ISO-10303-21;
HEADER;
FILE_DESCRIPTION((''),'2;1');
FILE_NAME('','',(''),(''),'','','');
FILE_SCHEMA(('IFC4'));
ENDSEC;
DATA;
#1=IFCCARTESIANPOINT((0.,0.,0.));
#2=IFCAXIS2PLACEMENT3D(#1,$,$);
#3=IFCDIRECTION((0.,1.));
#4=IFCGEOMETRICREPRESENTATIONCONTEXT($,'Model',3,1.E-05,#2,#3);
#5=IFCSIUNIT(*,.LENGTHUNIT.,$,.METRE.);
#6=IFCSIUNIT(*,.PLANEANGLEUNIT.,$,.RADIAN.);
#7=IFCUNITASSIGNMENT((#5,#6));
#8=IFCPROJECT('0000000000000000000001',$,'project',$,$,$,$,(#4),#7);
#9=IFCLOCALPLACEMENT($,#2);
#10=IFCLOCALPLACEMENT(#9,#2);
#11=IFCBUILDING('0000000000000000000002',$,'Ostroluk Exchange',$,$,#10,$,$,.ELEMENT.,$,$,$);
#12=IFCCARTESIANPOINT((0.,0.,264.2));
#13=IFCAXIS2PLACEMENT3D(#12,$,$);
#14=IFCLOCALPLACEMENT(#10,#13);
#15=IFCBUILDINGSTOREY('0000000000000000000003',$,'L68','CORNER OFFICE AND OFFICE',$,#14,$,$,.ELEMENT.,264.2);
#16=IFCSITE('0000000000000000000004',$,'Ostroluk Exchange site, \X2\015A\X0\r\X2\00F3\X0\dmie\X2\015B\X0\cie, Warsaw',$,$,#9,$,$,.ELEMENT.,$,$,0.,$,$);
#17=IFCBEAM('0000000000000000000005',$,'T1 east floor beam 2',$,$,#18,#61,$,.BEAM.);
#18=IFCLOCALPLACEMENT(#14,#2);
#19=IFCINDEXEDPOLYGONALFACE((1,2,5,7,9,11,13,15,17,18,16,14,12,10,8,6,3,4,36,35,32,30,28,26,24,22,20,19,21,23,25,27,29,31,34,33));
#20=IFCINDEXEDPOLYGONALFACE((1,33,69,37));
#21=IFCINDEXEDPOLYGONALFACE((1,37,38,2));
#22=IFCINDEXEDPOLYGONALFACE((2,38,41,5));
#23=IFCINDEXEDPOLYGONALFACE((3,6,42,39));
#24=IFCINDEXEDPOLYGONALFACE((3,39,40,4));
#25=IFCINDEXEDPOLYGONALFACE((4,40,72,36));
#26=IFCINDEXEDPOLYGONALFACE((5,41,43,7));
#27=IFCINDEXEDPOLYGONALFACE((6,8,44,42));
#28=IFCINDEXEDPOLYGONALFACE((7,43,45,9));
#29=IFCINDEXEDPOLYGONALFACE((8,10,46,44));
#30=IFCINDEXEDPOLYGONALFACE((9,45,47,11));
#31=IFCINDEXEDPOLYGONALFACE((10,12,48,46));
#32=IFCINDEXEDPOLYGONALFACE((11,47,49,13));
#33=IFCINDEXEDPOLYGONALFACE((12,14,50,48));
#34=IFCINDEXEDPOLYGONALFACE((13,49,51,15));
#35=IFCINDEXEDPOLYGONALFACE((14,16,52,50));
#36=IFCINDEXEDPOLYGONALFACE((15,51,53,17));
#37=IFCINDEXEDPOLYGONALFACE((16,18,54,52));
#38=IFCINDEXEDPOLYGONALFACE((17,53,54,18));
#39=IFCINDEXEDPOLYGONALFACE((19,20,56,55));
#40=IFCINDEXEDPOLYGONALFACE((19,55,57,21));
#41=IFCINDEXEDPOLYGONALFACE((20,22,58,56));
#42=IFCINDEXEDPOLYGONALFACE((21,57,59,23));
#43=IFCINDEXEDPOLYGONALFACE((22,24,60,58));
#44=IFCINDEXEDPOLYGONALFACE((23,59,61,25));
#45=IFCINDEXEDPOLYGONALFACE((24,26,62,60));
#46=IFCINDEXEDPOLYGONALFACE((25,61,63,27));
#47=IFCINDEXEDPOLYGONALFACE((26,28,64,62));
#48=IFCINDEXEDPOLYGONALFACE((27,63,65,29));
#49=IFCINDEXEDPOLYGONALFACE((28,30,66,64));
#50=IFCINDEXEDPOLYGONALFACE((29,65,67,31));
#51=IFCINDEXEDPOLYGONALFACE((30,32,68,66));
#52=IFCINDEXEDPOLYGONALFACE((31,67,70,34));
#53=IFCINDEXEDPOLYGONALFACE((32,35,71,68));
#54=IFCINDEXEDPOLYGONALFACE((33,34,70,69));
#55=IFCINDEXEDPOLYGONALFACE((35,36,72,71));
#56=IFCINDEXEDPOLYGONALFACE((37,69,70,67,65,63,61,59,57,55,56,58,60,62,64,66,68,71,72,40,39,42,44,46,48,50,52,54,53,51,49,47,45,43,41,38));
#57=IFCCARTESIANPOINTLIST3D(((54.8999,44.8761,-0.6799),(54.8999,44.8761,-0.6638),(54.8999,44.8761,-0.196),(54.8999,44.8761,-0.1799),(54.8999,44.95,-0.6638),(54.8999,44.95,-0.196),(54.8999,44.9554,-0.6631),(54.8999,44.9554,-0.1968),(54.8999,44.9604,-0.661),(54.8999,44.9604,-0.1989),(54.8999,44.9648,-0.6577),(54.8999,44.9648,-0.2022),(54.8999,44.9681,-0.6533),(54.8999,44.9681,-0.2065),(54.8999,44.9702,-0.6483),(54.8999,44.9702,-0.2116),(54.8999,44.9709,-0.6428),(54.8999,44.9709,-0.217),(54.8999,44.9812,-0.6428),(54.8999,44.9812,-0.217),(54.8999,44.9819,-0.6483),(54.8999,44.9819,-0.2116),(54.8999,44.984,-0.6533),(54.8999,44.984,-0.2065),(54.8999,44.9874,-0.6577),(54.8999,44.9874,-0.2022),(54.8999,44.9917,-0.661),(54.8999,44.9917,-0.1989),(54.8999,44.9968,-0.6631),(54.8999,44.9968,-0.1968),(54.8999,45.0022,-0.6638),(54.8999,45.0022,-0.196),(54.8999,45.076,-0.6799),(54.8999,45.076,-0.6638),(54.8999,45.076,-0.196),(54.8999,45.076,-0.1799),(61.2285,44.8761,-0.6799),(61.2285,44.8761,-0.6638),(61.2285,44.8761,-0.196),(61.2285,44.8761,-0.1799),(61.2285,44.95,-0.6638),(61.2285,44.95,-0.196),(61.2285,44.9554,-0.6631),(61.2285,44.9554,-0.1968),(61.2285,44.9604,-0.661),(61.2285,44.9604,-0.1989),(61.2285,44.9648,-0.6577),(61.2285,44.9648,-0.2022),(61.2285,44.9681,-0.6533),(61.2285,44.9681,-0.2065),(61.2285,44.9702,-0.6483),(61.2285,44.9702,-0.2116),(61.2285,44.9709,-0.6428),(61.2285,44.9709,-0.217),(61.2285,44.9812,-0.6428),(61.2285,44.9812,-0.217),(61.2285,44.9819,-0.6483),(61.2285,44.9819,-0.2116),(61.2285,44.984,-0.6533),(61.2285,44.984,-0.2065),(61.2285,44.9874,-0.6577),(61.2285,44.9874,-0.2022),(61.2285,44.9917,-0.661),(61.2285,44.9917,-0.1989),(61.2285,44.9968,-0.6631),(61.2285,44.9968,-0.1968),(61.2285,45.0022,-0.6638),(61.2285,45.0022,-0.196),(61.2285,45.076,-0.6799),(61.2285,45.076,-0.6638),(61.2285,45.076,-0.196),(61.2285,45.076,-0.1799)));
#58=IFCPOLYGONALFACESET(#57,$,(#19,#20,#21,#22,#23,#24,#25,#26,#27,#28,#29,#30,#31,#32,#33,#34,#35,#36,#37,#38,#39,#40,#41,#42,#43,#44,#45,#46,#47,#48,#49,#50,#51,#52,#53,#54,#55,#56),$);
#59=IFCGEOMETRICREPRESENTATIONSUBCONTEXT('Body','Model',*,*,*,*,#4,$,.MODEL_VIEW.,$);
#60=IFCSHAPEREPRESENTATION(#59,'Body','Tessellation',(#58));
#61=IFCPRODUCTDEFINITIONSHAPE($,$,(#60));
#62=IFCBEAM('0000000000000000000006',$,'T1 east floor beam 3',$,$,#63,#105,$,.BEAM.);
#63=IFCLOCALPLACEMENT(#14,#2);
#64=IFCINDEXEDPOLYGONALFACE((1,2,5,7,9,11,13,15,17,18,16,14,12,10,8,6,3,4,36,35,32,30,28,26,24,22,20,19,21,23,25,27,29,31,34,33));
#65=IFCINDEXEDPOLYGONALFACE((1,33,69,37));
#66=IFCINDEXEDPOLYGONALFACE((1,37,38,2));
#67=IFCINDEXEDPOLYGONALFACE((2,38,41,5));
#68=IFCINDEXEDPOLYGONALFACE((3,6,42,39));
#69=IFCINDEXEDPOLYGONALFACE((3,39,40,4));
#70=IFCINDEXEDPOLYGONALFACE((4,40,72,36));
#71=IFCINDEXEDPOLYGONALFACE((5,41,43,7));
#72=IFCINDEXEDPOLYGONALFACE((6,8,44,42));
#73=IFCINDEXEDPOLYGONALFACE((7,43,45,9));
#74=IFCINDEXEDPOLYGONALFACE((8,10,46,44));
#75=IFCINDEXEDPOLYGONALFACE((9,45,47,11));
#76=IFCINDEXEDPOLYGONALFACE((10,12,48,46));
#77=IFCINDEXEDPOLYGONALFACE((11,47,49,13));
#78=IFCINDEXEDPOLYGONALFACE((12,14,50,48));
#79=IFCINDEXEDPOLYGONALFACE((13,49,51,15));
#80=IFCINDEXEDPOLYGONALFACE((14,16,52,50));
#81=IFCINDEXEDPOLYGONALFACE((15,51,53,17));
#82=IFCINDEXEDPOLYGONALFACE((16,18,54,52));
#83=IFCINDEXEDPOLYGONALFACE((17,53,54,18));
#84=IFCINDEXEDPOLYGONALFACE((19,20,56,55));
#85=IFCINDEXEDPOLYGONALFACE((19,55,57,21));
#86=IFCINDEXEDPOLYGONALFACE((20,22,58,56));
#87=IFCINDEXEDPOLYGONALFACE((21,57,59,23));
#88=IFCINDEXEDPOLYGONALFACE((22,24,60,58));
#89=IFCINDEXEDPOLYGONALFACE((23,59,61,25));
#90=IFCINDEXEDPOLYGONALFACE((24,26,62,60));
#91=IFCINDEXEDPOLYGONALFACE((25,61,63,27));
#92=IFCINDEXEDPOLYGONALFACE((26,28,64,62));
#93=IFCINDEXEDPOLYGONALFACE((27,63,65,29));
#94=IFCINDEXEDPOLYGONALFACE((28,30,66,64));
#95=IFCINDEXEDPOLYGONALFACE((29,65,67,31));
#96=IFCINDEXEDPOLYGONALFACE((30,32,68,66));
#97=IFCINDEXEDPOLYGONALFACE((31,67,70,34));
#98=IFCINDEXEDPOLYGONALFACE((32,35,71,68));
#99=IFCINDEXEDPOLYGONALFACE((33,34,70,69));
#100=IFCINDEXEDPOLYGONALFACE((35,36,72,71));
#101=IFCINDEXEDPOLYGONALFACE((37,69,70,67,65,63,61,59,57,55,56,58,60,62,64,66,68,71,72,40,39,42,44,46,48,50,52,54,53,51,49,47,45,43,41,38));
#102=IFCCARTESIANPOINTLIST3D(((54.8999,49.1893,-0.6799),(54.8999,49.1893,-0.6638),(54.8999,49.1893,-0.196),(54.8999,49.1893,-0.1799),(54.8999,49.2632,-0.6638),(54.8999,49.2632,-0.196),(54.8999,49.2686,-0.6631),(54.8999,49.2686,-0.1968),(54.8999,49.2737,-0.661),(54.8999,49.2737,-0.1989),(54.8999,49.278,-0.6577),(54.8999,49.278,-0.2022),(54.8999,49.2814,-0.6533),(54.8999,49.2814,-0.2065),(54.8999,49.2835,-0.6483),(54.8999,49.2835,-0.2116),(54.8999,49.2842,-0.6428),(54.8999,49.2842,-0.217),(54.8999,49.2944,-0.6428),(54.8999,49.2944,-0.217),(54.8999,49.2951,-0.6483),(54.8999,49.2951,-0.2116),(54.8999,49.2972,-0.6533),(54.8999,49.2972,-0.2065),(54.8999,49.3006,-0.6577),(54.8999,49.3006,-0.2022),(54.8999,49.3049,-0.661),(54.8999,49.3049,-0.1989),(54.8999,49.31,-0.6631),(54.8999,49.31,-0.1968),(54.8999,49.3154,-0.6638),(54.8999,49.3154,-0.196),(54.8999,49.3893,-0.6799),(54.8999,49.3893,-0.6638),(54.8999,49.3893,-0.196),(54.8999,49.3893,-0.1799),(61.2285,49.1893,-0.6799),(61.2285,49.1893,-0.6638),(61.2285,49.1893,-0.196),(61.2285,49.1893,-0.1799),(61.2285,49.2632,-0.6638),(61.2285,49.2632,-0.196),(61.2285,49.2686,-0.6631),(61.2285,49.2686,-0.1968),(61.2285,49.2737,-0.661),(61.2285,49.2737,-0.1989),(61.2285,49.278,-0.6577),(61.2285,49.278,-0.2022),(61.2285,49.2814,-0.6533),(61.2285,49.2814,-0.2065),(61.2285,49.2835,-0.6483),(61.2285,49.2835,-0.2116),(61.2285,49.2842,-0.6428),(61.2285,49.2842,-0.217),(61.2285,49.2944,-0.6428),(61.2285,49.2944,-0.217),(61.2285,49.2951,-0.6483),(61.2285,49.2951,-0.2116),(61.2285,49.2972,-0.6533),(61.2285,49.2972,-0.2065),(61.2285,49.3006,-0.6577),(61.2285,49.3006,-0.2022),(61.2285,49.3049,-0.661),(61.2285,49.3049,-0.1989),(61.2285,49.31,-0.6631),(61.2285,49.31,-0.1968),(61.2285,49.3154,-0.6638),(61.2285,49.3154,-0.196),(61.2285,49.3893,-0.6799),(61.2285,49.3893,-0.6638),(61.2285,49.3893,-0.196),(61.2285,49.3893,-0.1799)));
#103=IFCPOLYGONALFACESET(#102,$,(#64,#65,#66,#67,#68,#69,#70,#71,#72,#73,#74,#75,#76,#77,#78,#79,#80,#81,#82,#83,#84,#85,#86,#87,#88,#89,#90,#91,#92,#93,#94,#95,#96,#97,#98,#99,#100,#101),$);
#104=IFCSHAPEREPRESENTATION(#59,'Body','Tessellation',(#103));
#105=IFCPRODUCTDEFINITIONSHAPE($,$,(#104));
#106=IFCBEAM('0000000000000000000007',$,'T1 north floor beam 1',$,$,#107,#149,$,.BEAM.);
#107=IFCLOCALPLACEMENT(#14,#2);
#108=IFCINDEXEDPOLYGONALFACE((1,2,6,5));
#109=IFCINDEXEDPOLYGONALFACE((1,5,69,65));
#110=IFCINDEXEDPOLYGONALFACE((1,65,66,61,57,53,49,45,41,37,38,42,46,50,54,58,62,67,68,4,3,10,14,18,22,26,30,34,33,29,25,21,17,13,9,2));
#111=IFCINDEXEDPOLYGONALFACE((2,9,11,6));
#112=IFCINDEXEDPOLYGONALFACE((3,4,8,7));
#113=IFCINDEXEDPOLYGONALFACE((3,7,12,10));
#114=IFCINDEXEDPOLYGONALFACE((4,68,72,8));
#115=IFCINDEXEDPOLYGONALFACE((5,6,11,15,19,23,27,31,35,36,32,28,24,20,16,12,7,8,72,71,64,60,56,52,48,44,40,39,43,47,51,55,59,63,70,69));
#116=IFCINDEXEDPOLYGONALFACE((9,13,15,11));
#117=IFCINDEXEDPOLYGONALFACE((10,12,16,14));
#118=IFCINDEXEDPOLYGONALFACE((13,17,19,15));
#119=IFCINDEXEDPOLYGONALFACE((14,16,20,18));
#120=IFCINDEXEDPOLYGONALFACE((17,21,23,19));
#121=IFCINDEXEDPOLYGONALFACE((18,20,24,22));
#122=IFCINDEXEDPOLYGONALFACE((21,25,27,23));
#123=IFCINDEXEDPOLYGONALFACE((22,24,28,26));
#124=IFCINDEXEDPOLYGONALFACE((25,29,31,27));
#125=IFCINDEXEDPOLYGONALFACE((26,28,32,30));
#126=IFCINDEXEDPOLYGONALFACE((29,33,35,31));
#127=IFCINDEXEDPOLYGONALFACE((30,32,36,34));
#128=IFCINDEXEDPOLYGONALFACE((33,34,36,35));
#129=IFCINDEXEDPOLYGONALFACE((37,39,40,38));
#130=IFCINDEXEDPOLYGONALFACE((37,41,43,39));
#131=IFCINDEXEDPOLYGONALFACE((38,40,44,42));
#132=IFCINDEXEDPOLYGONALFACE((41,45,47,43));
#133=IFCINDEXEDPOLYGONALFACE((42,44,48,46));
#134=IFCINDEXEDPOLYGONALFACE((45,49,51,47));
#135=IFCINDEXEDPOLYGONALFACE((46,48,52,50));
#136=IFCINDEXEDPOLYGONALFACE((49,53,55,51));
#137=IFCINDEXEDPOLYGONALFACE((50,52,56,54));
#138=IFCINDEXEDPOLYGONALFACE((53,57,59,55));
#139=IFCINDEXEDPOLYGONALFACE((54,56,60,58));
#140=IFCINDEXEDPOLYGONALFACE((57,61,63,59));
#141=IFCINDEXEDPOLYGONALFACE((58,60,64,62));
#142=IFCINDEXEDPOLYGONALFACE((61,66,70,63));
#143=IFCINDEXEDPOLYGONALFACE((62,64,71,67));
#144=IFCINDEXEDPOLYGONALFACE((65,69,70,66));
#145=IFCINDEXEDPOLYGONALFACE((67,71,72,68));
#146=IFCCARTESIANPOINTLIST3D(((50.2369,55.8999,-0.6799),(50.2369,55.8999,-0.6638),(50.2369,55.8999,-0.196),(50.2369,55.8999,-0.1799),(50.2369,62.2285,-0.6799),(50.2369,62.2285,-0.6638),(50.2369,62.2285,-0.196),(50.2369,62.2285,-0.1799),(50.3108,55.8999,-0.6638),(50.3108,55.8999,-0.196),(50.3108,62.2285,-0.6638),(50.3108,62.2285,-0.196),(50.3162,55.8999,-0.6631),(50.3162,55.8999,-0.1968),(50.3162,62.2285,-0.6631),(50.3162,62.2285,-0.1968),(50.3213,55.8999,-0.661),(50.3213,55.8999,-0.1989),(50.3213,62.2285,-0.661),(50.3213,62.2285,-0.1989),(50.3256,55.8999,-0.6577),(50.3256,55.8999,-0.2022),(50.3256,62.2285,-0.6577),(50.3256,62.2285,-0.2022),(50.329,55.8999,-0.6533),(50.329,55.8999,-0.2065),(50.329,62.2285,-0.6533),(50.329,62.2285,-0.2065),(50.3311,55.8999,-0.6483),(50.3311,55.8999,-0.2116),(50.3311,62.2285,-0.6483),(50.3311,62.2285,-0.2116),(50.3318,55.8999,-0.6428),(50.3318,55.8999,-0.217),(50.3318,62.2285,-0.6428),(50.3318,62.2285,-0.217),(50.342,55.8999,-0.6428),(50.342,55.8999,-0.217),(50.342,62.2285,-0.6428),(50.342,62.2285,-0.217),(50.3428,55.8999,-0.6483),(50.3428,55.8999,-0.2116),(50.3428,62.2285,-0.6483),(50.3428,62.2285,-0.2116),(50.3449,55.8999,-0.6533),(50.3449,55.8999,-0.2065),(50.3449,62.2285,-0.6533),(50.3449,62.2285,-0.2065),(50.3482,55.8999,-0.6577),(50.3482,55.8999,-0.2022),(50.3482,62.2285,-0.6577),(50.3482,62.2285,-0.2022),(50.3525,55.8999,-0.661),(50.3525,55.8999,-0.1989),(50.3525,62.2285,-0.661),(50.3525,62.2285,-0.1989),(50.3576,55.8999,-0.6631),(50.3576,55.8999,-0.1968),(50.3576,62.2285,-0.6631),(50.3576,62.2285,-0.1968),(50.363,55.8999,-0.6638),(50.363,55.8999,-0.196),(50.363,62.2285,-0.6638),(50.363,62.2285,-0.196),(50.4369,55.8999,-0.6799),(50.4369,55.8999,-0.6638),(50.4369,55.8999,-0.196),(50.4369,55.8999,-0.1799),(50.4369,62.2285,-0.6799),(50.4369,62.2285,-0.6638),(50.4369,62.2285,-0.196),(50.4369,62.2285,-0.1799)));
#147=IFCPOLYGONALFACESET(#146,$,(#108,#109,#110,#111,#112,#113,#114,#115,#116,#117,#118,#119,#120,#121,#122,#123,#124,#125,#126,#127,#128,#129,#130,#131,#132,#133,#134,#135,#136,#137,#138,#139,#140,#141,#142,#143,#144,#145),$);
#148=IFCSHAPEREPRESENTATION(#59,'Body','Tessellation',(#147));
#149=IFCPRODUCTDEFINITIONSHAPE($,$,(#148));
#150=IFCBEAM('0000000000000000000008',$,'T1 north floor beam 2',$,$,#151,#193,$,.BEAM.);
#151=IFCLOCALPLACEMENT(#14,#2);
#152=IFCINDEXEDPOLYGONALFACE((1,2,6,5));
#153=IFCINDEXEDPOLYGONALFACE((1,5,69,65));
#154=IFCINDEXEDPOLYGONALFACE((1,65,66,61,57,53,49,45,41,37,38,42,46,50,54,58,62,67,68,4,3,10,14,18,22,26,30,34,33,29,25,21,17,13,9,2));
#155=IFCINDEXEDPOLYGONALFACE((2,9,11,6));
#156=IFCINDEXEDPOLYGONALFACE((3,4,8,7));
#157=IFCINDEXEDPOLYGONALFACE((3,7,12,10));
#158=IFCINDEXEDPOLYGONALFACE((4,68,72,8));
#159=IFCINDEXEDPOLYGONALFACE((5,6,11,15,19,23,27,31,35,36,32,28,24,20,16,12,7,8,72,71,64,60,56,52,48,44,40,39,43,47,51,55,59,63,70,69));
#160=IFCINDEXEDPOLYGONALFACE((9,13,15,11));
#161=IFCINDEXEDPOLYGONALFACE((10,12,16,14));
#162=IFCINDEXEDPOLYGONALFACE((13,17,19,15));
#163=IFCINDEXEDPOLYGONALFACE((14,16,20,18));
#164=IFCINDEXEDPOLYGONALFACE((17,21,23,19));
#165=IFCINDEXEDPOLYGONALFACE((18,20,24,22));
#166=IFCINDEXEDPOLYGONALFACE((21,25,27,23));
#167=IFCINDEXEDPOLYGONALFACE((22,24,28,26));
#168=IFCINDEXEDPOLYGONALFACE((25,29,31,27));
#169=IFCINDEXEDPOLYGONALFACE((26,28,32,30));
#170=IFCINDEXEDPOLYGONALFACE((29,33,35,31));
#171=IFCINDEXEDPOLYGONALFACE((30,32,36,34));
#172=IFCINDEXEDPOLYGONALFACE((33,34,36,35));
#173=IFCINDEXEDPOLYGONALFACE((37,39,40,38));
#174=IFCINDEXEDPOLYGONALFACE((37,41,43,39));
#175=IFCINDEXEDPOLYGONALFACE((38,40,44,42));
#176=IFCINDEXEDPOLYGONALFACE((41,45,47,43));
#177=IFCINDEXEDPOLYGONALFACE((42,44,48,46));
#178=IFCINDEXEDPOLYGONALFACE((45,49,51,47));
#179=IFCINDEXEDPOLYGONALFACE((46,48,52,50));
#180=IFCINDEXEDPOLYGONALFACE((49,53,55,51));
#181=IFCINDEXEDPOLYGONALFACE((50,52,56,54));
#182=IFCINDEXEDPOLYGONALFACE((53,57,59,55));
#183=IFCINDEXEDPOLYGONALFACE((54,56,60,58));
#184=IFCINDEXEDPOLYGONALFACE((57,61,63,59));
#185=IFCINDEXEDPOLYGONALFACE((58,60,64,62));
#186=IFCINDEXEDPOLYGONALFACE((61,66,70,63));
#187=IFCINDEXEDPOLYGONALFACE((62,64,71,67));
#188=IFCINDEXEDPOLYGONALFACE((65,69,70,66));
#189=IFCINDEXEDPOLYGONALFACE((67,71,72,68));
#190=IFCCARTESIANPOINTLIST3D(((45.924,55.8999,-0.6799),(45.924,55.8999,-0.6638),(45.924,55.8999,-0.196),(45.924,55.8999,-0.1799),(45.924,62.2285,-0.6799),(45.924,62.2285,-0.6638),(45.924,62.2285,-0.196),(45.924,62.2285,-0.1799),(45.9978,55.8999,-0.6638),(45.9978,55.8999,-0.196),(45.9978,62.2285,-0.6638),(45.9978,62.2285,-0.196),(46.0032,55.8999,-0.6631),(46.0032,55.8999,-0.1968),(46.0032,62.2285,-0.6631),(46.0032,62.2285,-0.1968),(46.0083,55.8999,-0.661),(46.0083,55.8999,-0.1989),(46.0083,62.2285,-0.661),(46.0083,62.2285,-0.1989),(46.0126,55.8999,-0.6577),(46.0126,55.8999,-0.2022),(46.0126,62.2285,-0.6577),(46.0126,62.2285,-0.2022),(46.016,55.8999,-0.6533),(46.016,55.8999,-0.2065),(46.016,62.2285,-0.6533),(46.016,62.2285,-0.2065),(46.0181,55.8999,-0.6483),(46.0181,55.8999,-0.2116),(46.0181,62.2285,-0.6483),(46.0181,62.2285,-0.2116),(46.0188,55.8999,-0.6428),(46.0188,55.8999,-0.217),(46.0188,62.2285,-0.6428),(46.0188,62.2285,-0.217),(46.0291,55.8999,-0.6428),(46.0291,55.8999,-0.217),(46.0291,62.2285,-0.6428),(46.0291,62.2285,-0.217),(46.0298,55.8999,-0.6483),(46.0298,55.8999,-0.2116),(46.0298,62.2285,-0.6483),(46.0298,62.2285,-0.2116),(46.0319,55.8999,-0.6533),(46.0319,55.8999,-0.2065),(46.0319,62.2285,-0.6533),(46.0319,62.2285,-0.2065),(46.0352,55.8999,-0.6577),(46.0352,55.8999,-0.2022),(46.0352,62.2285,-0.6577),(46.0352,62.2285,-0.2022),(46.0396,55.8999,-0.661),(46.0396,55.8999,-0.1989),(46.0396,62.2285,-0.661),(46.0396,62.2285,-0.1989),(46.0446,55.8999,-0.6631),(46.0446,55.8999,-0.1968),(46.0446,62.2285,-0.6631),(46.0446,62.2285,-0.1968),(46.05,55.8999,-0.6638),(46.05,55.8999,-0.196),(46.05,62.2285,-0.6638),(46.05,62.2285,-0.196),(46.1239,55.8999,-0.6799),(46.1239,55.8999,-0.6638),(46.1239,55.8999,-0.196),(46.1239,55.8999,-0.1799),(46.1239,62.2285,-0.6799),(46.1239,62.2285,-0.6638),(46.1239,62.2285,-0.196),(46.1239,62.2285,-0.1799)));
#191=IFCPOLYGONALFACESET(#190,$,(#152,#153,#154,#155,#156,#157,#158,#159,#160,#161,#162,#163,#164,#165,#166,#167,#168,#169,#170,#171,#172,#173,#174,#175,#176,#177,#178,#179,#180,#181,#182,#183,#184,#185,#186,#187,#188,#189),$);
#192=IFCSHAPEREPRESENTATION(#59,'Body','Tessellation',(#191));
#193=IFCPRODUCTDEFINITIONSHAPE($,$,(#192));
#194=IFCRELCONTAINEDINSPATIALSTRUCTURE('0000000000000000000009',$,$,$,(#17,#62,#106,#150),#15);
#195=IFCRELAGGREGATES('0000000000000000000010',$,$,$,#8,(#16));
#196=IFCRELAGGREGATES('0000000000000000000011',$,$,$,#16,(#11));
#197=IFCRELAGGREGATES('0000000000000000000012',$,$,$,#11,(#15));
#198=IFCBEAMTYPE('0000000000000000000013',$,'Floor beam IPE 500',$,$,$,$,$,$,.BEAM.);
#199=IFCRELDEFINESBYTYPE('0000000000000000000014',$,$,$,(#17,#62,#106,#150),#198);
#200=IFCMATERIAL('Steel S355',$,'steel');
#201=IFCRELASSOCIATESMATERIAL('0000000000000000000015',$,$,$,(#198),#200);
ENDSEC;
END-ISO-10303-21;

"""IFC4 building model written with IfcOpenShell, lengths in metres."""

from ifc_helpers import new_model, si_unit, direction, frame, origin, origin_2d, place, context, subcontext, project, spatial, i_section, extrude, material, material_profile, profile_set, type_object, element, save


model = new_model("IFC4")

# Units and contexts
model_context = context("Model", 3, precision=1e-05, world=origin(), true_north=direction((0.0, 1.0)))
body_context = subcontext(model_context, "Body", "Model", "MODEL_VIEW")
ifc_project = project(units=[si_unit("LENGTHUNIT", "METRE"), si_unit("PLANEANGLEUNIT", "RADIAN")], contexts=[model_context])

# Site, building, storey
site_placement = place(None, origin())
site = spatial("IfcSite", under=ifc_project, at=site_placement, Name="Ostroluk Exchange site, Śródmieście, Warsaw", CompositionType="ELEMENT", RefElevation=0.0)
building_placement = place(site_placement, origin())
building = spatial("IfcBuilding", under=site, at=building_placement, Name="Ostroluk Exchange", CompositionType="ELEMENT")
storey_placement = place(building_placement, frame((0.0, 0.0, 264.2)))
storey = spatial("IfcBuildingStorey", under=building, at=storey_placement, Name="L68", Description="CORNER OFFICE AND OFFICE", CompositionType="ELEMENT", Elevation=264.2)

# Beams
ifc_material_1 = material(Name="Steel S355", Category="steel")
ifc_material_profile_1 = material_profile(ifc_material_1, i_section(OverallWidth=0.2, OverallDepth=0.5, WebThickness=0.0103, FlangeThickness=0.0161, FilletRadius=0.021, at=origin_2d()), Name="IPE 500")
ifc_profile_set_1 = profile_set([ifc_material_profile_1], Name="Steel S355")
beam_type_1 = type_object("IfcBeamType", Name="Floor beam IPE 500", PredefinedType="BEAM", material=ifc_profile_set_1)
for number, where, z_axis, x_axis, name in (
    (1, (54.8999, 44.9761, -0.4299), (1.0, 0.0, 0.0), (0.0, 1.0, 0.0), "T1 east floor beam 2"),
    (2, (54.8999, 49.2893, -0.4299), (1.0, 0.0, 0.0), (0.0, 1.0, 0.0), "T1 east floor beam 3"),
    (3, (50.3369, 55.8999, -0.4299), (0.0, 1.0, 0.0), (-1.0, 0.0, 0.0), "T1 north floor beam 1"),
    (4, (46.0239, 55.8999, -0.4299), (0.0, 1.0, 0.0), (-1.0, 0.0, 0.0), "T1 north floor beam 2"),
):
    element("IfcBeam", number, at=place(storey_placement, frame(where, z_axis=z_axis, x_axis=x_axis)), inside=storey, type_object=beam_type_1, Name=name, PredefinedType="BEAM", context=body_context, shape_type="SweptSolid", body=[
        extrude(i_section(OverallWidth=0.2, OverallDepth=0.5, WebThickness=0.0103, FlangeThickness=0.0161, FilletRadius=0.021, at=origin_2d()), origin(), (0.0, 0.0, 1.0), 6.3286),
    ])

save(model, "model.ifc")
